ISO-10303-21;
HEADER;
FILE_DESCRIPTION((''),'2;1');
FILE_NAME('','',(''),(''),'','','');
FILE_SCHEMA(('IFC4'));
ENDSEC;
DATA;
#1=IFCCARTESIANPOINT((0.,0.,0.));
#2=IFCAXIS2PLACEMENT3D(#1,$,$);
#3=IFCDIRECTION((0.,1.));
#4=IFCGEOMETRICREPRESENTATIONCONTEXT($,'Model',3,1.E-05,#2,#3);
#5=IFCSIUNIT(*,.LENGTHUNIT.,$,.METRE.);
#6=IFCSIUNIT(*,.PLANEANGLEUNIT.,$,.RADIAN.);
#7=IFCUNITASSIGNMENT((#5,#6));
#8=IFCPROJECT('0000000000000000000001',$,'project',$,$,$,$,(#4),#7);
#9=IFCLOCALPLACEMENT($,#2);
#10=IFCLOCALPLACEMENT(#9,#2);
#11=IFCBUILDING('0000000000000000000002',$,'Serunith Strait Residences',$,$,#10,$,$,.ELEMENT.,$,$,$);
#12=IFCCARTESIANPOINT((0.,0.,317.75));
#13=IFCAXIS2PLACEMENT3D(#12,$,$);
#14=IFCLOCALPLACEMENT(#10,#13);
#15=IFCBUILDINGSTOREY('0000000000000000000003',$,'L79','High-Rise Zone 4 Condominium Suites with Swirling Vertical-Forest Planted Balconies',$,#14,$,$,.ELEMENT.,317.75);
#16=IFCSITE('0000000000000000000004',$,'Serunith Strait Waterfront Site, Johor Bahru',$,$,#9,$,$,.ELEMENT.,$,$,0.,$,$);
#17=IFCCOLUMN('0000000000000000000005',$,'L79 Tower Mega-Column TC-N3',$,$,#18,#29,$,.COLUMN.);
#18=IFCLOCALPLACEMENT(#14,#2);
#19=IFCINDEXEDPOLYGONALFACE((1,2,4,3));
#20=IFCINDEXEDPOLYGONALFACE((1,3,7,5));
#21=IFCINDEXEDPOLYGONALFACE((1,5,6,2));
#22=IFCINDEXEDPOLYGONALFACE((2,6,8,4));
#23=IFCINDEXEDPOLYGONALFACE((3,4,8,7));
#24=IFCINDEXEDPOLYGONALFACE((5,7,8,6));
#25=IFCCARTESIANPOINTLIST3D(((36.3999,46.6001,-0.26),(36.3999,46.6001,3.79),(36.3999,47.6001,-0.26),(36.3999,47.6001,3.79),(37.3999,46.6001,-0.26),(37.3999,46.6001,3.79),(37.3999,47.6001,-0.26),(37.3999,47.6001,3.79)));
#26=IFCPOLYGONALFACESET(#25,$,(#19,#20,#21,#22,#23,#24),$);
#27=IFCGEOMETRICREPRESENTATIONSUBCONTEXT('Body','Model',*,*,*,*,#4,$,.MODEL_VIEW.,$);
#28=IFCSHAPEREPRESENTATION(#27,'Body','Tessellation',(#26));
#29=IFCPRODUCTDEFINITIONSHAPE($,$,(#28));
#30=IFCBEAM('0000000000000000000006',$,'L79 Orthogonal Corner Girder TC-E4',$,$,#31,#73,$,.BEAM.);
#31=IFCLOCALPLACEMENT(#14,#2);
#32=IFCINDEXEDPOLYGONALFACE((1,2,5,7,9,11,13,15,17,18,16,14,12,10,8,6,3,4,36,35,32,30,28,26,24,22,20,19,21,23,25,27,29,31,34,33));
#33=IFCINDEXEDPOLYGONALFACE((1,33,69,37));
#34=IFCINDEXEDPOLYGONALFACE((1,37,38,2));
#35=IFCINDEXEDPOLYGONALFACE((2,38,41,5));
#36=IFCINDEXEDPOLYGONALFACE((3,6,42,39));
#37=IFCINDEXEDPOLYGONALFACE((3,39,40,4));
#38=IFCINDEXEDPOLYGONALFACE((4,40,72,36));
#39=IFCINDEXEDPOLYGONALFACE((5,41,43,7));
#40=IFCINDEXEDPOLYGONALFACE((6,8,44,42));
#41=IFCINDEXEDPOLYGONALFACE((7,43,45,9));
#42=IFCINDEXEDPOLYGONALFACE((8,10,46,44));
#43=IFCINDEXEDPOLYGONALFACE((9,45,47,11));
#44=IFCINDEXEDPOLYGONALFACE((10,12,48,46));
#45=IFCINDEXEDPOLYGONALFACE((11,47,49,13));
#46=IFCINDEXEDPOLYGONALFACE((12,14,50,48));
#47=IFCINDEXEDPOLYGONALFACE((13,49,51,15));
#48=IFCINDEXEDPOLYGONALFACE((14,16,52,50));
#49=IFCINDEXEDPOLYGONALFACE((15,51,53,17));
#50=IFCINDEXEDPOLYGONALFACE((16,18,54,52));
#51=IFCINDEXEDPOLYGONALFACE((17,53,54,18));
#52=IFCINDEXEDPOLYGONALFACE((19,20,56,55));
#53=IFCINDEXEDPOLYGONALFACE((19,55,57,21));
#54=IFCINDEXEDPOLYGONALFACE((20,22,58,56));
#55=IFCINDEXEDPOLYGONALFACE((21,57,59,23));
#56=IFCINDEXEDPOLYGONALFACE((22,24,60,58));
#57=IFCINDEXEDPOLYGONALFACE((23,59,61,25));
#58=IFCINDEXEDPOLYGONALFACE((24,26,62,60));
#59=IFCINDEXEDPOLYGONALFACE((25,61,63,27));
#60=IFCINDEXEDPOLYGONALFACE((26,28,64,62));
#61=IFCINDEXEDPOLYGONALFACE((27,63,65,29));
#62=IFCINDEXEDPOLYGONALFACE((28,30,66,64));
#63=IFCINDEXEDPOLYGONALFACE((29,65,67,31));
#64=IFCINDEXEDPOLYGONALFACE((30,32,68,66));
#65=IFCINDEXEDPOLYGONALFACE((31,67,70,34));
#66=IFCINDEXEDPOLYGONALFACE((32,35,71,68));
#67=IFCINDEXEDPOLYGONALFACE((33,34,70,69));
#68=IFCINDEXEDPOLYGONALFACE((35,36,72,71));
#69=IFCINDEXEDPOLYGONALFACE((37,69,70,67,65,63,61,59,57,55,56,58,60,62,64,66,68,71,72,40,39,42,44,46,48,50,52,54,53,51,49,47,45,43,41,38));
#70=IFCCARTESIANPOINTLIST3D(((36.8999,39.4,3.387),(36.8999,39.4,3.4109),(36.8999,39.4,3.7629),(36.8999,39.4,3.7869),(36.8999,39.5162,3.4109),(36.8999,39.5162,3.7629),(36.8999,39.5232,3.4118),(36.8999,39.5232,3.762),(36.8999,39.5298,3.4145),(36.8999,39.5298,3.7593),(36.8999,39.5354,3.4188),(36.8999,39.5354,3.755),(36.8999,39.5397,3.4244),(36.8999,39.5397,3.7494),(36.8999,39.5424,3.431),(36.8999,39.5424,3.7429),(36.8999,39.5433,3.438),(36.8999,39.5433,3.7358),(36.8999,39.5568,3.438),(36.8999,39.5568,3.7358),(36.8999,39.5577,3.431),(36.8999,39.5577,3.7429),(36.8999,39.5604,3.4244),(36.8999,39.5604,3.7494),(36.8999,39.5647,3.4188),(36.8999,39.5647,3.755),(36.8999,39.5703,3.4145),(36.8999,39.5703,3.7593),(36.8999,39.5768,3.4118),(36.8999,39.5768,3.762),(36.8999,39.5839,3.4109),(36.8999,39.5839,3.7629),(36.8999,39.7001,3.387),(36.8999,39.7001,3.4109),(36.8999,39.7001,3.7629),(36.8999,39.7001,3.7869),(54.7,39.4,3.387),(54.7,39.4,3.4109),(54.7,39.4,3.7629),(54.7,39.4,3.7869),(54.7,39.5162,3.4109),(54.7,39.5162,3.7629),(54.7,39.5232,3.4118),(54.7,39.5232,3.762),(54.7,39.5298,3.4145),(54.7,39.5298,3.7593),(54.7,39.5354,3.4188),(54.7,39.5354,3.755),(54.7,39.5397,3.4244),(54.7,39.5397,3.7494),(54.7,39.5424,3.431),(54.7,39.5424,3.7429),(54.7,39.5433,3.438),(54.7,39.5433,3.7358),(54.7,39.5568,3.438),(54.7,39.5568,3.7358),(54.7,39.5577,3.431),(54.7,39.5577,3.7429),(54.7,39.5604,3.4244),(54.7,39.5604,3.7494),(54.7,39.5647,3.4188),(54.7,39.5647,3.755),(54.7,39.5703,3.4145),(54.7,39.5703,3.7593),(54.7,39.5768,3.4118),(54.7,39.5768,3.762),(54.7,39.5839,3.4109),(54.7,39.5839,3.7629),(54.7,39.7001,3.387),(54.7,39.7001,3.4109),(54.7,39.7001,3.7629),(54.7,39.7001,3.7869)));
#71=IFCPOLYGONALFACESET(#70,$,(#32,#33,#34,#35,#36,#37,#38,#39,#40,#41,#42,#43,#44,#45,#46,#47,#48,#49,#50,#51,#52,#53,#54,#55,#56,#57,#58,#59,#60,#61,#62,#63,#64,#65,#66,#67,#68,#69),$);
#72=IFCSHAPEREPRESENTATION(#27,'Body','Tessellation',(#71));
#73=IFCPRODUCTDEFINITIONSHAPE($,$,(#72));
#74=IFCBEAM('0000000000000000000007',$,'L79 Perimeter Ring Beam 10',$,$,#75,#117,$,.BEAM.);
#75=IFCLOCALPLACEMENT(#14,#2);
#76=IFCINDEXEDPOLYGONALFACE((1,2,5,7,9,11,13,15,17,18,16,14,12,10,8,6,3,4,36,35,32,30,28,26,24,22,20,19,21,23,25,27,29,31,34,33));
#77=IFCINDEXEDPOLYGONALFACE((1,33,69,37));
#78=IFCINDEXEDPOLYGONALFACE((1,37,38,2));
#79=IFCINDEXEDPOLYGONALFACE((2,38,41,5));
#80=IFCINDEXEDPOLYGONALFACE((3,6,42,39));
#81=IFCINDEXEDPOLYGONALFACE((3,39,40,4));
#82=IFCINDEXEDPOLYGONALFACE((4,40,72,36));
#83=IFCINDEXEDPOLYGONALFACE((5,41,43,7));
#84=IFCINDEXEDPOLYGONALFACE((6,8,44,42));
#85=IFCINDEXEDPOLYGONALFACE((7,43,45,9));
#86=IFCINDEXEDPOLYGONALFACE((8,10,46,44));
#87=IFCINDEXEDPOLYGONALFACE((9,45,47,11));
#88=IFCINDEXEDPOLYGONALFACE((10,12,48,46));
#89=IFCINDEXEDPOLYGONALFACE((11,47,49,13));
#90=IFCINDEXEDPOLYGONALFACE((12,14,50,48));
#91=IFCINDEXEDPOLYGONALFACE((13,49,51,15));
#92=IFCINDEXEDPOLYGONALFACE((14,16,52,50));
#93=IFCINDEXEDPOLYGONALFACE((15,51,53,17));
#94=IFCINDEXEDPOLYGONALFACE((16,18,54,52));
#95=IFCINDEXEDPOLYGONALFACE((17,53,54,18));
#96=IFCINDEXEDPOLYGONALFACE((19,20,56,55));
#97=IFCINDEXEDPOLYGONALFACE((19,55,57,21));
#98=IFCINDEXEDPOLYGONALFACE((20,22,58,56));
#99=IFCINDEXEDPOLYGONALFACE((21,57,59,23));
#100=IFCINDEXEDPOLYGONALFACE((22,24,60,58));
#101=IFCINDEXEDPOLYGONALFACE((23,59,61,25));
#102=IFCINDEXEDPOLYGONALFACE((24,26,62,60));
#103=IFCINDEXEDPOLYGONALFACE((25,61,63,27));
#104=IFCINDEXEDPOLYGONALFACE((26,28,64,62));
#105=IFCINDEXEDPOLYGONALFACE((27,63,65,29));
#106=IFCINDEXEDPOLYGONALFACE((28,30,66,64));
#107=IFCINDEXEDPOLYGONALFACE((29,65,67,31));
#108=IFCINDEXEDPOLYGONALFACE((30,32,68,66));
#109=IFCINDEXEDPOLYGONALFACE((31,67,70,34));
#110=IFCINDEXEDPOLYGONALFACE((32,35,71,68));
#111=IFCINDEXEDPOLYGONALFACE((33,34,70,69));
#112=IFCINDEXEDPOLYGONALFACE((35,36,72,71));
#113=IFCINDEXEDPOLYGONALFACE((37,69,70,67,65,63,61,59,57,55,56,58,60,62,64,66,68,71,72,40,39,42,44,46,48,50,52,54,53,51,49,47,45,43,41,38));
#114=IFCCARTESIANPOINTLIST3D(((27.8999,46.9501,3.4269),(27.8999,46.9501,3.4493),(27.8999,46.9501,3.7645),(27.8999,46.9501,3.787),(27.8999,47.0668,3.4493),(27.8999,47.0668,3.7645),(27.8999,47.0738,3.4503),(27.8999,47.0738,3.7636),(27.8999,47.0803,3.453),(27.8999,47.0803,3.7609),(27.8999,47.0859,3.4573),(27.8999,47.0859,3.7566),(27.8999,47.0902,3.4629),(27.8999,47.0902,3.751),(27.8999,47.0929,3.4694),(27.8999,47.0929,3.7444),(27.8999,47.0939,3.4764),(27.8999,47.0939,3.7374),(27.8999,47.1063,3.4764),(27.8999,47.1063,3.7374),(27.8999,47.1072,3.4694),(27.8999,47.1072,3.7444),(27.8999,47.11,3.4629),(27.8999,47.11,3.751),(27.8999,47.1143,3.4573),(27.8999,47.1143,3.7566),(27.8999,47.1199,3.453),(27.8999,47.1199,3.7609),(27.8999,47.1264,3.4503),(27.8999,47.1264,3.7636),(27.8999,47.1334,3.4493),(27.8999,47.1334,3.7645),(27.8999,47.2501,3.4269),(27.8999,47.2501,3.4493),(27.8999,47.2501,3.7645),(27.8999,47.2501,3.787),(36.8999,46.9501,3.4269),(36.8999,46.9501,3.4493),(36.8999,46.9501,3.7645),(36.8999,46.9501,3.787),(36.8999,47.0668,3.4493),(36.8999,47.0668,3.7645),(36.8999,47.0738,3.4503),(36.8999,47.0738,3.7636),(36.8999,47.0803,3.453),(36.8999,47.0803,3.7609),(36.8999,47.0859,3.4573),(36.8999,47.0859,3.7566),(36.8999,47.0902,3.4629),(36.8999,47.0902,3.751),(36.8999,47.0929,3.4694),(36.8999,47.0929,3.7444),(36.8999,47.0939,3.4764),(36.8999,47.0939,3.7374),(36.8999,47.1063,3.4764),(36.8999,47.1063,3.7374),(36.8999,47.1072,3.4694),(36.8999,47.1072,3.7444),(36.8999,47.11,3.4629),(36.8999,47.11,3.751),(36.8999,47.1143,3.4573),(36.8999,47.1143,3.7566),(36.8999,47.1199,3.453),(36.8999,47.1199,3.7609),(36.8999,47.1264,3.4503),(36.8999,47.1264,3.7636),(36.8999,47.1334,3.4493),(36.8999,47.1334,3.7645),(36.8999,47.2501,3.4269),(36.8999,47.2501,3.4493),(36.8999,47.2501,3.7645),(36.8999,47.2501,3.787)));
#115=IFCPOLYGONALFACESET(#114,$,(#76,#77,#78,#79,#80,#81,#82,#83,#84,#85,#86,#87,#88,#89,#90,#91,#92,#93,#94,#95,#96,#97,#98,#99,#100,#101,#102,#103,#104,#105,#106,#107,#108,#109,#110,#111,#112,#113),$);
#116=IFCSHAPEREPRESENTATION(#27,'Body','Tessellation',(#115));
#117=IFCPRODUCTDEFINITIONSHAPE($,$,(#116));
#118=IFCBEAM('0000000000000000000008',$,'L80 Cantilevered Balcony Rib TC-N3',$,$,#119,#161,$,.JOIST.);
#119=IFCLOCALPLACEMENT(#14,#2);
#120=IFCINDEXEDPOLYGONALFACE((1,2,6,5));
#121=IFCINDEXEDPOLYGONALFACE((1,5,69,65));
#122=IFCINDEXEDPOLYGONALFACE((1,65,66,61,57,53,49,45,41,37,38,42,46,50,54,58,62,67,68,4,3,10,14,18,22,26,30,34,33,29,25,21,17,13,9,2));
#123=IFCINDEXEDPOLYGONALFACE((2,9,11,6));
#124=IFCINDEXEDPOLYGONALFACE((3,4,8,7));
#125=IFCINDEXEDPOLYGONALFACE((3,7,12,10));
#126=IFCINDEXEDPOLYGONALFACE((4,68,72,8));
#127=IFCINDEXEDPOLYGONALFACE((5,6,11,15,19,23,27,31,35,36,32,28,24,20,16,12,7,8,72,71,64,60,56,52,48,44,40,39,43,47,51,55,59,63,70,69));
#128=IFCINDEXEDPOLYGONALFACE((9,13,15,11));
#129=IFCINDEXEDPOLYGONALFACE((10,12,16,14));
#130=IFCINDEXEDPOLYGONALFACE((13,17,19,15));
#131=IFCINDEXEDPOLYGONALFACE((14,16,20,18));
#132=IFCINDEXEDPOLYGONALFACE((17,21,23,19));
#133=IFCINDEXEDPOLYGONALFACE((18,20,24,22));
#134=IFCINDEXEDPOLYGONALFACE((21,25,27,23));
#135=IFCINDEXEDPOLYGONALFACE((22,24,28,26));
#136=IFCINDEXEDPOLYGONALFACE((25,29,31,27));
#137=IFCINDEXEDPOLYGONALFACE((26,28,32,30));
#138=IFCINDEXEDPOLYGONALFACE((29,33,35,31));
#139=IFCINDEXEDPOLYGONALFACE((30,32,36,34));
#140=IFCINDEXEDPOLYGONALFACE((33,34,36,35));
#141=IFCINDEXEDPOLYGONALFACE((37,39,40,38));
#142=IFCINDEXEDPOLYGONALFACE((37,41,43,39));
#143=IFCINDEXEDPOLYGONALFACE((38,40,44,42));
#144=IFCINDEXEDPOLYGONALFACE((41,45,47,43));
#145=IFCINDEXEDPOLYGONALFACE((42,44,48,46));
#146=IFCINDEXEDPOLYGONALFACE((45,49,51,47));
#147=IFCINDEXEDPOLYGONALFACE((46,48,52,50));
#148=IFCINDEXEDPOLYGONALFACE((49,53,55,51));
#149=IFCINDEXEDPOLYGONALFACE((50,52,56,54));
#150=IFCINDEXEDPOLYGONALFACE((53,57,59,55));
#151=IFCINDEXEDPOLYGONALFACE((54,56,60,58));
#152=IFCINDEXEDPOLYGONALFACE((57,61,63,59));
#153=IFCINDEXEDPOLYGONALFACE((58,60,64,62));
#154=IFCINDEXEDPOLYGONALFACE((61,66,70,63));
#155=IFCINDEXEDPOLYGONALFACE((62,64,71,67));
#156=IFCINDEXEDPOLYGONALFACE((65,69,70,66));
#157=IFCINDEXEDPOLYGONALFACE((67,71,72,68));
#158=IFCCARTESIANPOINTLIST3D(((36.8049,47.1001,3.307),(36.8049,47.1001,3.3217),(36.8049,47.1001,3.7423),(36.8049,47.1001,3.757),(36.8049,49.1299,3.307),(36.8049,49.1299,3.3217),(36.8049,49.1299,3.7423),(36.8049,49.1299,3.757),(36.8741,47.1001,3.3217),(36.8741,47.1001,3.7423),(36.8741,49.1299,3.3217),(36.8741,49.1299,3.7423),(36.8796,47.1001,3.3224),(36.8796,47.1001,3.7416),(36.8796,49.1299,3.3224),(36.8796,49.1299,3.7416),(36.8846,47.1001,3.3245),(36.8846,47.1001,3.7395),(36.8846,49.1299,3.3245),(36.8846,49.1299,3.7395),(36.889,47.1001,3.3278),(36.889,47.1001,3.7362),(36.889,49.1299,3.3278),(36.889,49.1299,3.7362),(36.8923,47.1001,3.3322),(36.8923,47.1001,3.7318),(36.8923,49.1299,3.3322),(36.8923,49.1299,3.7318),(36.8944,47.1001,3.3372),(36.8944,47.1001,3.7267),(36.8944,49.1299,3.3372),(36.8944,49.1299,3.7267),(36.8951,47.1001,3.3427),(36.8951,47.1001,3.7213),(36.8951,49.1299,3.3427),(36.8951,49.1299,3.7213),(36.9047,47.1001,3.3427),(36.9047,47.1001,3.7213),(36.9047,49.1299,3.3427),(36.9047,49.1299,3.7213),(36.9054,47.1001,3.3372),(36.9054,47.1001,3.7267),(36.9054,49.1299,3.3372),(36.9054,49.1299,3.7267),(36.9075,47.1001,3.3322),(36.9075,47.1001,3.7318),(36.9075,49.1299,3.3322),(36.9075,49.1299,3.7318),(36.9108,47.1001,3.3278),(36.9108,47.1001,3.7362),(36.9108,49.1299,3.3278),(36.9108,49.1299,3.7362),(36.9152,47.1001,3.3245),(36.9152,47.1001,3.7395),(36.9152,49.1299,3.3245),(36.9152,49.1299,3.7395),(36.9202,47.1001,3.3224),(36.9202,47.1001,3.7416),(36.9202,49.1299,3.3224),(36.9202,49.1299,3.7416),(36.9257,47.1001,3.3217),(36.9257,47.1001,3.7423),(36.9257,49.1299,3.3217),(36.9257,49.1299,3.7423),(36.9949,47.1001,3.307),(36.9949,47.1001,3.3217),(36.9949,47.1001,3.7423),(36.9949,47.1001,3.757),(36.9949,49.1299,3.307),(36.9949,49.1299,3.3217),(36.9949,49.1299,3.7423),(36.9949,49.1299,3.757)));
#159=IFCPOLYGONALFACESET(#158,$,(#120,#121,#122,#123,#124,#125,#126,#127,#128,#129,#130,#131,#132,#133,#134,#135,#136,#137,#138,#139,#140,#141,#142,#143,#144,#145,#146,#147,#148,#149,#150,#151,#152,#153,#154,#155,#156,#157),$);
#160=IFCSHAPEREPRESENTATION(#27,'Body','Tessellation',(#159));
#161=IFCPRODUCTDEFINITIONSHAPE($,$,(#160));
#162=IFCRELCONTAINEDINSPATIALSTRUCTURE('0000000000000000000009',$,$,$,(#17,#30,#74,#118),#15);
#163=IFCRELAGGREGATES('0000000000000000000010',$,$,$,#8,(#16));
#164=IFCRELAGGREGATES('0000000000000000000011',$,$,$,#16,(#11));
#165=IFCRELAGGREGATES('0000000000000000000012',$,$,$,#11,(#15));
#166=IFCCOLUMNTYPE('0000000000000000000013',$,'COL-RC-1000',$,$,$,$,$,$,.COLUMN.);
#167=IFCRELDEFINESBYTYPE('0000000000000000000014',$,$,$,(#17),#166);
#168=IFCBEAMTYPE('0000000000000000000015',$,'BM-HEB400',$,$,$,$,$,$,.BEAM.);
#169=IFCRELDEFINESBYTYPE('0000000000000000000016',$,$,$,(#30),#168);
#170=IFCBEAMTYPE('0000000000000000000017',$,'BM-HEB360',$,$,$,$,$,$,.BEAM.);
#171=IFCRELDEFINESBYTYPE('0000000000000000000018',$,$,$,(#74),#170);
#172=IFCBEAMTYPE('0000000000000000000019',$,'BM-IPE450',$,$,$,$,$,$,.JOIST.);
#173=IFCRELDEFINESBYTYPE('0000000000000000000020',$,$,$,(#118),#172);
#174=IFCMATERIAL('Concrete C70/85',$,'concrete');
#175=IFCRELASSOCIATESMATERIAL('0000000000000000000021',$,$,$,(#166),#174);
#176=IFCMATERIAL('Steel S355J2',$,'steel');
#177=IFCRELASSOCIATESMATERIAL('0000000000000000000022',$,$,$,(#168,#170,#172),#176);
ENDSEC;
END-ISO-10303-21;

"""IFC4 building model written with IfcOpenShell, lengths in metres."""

from ifc_helpers import new_model, si_unit, direction, frame, origin, origin_2d, place, context, subcontext, project, spatial, rectangle, i_section, extrude, source, transform, mapped, material, material_profile, profile_set, type_object, element, save


model = new_model("IFC4")

# Units and contexts
model_context = context("Model", 3, precision=1e-05, world=origin(), true_north=direction((0.0, 1.0)))
body_context = subcontext(model_context, "Body", "Model", "MODEL_VIEW")
ifc_project = project(units=[si_unit("LENGTHUNIT", "METRE"), si_unit("PLANEANGLEUNIT", "RADIAN")], contexts=[model_context])

# Site, building, storey
site_placement = place(None, origin())
site = spatial("IfcSite", under=ifc_project, at=site_placement, Name="Serunith Strait Waterfront Site, Johor Bahru", CompositionType="ELEMENT", RefElevation=0.0)
building_placement = place(site_placement, origin())
building = spatial("IfcBuilding", under=site, at=building_placement, Name="Serunith Strait Residences", CompositionType="ELEMENT")
storey_placement = place(building_placement, frame((0.0, 0.0, 317.75)))
storey = spatial("IfcBuildingStorey", under=building, at=storey_placement, Name="L79", Description="High-Rise Zone 4 Condominium Suites with Swirling Vertical-Forest Planted Balconies", CompositionType="ELEMENT", Elevation=317.75)

# Column
ifc_material_1 = material(Name="Concrete C70/85", Category="concrete")
ifc_material_profile_1 = material_profile(ifc_material_1, rectangle(XDim=1.0, YDim=1.0, at=origin_2d()), Name="RC 1000x1000")
ifc_profile_set_1 = profile_set([ifc_material_profile_1], Name="Concrete C70/85")
column_type = type_object("IfcColumnType", Name="COL-RC-1000", PredefinedType="COLUMN", material=ifc_profile_set_1)
shared_shape_1 = source(origin(), body_context, "Body", "SweptSolid", [
    extrude(rectangle(XDim=1.0, YDim=1.0, at=origin_2d()), origin(), (0.0, 0.0, 1.0), 4.05),
])
column_placement = place(storey_placement, frame((36.8999, 47.1001, -0.26), z_axis=(0.0, 0.0, 1.0), x_axis=(1.0, 0.0, 0.0)))
element("IfcColumn", 1, at=column_placement, inside=storey, type_object=column_type, Name="L79 Tower Mega-Column TC-N3", PredefinedType="COLUMN", context=body_context, shape_type="MappedRepresentation", body=[
    mapped(shared_shape_1, transform((0.0, 0.0, 0.0), scale=1.0)),
])

# Beams
ifc_material_2 = material(Name="Steel S355J2", Category="steel")
ifc_material_profile_2 = material_profile(ifc_material_2, i_section(OverallWidth=0.3, OverallDepth=0.3999, WebThickness=0.0134, FlangeThickness=0.0239, FilletRadius=0.0271, at=origin_2d()), Name="HEB 400")
ifc_profile_set_2 = profile_set([ifc_material_profile_2], Name="Steel S355J2")
beam_type_1 = type_object("IfcBeamType", Name="BM-HEB400", PredefinedType="BEAM", material=ifc_profile_set_2)
shared_shape_2 = source(origin(), body_context, "Body", "SweptSolid", [
    extrude(i_section(OverallWidth=0.3, OverallDepth=0.3999, WebThickness=0.0134, FlangeThickness=0.0239, FilletRadius=0.0271, at=origin_2d()), origin(), (0.0, 0.0, 1.0), 17.8),
])
beam_1_placement = place(storey_placement, frame((36.8999, 39.55, 3.5869), z_axis=(1.0, 0.0, 0.0), x_axis=(0.0, 1.0, 0.0)))
element("IfcBeam", 2, at=beam_1_placement, inside=storey, type_object=beam_type_1, Name="L79 Orthogonal Corner Girder TC-E4", PredefinedType="BEAM", context=body_context, shape_type="MappedRepresentation", body=[
    mapped(shared_shape_2, transform((0.0, 0.0, 0.0), scale=1.0)),
])
ifc_material_profile_3 = material_profile(ifc_material_2, i_section(OverallWidth=0.3, OverallDepth=0.3601, WebThickness=0.0125, FlangeThickness=0.0225, FilletRadius=0.0271, at=origin_2d()), Name="HEB 360")
ifc_profile_set_3 = profile_set([ifc_material_profile_3], Name="Steel S355J2")
beam_type_2 = type_object("IfcBeamType", Name="BM-HEB360", PredefinedType="BEAM", material=ifc_profile_set_3)
shared_shape_3 = source(origin(), body_context, "Body", "SweptSolid", [
    extrude(i_section(OverallWidth=0.3, OverallDepth=0.3601, WebThickness=0.0125, FlangeThickness=0.0225, FilletRadius=0.0271, at=origin_2d()), origin(), (0.0, 0.0, 1.0), 9.0),
])
beam_2_placement = place(storey_placement, frame((36.8999, 47.1001, 3.6069), z_axis=(-1.0, 0.0, 0.0), x_axis=(0.0, -1.0, 0.0)))
element("IfcBeam", 3, at=beam_2_placement, inside=storey, type_object=beam_type_2, Name="L79 Perimeter Ring Beam 10", PredefinedType="BEAM", context=body_context, shape_type="MappedRepresentation", body=[
    mapped(shared_shape_3, transform((0.0, 0.0, 0.0), scale=1.0)),
])
ifc_material_profile_4 = material_profile(ifc_material_2, i_section(OverallWidth=0.1899, OverallDepth=0.45, WebThickness=0.0095, FlangeThickness=0.0146, FilletRadius=0.021, at=origin_2d()), Name="IPE 450")
ifc_profile_set_4 = profile_set([ifc_material_profile_4], Name="Steel S355J2")
beam_type_3 = type_object("IfcBeamType", Name="BM-IPE450", PredefinedType="JOIST", material=ifc_profile_set_4)
shared_shape_4 = source(origin(), body_context, "Body", "SweptSolid", [
    extrude(i_section(OverallWidth=0.1899, OverallDepth=0.45, WebThickness=0.0095, FlangeThickness=0.0146, FilletRadius=0.021, at=origin_2d()), origin(), (0.0, 0.0, 1.0), 2.0298),
])
beam_3_placement = place(storey_placement, frame((36.8999, 47.1001, 3.532), z_axis=(0.0, 1.0, 0.0), x_axis=(-1.0, 0.0, 0.0)))
element("IfcBeam", 4, at=beam_3_placement, inside=storey, type_object=beam_type_3, Name="L80 Cantilevered Balcony Rib TC-N3", PredefinedType="JOIST", context=body_context, shape_type="MappedRepresentation", body=[
    mapped(shared_shape_4, transform((0.0, 0.0, 0.0), scale=1.0)),
])

save(model, "model.ifc")
